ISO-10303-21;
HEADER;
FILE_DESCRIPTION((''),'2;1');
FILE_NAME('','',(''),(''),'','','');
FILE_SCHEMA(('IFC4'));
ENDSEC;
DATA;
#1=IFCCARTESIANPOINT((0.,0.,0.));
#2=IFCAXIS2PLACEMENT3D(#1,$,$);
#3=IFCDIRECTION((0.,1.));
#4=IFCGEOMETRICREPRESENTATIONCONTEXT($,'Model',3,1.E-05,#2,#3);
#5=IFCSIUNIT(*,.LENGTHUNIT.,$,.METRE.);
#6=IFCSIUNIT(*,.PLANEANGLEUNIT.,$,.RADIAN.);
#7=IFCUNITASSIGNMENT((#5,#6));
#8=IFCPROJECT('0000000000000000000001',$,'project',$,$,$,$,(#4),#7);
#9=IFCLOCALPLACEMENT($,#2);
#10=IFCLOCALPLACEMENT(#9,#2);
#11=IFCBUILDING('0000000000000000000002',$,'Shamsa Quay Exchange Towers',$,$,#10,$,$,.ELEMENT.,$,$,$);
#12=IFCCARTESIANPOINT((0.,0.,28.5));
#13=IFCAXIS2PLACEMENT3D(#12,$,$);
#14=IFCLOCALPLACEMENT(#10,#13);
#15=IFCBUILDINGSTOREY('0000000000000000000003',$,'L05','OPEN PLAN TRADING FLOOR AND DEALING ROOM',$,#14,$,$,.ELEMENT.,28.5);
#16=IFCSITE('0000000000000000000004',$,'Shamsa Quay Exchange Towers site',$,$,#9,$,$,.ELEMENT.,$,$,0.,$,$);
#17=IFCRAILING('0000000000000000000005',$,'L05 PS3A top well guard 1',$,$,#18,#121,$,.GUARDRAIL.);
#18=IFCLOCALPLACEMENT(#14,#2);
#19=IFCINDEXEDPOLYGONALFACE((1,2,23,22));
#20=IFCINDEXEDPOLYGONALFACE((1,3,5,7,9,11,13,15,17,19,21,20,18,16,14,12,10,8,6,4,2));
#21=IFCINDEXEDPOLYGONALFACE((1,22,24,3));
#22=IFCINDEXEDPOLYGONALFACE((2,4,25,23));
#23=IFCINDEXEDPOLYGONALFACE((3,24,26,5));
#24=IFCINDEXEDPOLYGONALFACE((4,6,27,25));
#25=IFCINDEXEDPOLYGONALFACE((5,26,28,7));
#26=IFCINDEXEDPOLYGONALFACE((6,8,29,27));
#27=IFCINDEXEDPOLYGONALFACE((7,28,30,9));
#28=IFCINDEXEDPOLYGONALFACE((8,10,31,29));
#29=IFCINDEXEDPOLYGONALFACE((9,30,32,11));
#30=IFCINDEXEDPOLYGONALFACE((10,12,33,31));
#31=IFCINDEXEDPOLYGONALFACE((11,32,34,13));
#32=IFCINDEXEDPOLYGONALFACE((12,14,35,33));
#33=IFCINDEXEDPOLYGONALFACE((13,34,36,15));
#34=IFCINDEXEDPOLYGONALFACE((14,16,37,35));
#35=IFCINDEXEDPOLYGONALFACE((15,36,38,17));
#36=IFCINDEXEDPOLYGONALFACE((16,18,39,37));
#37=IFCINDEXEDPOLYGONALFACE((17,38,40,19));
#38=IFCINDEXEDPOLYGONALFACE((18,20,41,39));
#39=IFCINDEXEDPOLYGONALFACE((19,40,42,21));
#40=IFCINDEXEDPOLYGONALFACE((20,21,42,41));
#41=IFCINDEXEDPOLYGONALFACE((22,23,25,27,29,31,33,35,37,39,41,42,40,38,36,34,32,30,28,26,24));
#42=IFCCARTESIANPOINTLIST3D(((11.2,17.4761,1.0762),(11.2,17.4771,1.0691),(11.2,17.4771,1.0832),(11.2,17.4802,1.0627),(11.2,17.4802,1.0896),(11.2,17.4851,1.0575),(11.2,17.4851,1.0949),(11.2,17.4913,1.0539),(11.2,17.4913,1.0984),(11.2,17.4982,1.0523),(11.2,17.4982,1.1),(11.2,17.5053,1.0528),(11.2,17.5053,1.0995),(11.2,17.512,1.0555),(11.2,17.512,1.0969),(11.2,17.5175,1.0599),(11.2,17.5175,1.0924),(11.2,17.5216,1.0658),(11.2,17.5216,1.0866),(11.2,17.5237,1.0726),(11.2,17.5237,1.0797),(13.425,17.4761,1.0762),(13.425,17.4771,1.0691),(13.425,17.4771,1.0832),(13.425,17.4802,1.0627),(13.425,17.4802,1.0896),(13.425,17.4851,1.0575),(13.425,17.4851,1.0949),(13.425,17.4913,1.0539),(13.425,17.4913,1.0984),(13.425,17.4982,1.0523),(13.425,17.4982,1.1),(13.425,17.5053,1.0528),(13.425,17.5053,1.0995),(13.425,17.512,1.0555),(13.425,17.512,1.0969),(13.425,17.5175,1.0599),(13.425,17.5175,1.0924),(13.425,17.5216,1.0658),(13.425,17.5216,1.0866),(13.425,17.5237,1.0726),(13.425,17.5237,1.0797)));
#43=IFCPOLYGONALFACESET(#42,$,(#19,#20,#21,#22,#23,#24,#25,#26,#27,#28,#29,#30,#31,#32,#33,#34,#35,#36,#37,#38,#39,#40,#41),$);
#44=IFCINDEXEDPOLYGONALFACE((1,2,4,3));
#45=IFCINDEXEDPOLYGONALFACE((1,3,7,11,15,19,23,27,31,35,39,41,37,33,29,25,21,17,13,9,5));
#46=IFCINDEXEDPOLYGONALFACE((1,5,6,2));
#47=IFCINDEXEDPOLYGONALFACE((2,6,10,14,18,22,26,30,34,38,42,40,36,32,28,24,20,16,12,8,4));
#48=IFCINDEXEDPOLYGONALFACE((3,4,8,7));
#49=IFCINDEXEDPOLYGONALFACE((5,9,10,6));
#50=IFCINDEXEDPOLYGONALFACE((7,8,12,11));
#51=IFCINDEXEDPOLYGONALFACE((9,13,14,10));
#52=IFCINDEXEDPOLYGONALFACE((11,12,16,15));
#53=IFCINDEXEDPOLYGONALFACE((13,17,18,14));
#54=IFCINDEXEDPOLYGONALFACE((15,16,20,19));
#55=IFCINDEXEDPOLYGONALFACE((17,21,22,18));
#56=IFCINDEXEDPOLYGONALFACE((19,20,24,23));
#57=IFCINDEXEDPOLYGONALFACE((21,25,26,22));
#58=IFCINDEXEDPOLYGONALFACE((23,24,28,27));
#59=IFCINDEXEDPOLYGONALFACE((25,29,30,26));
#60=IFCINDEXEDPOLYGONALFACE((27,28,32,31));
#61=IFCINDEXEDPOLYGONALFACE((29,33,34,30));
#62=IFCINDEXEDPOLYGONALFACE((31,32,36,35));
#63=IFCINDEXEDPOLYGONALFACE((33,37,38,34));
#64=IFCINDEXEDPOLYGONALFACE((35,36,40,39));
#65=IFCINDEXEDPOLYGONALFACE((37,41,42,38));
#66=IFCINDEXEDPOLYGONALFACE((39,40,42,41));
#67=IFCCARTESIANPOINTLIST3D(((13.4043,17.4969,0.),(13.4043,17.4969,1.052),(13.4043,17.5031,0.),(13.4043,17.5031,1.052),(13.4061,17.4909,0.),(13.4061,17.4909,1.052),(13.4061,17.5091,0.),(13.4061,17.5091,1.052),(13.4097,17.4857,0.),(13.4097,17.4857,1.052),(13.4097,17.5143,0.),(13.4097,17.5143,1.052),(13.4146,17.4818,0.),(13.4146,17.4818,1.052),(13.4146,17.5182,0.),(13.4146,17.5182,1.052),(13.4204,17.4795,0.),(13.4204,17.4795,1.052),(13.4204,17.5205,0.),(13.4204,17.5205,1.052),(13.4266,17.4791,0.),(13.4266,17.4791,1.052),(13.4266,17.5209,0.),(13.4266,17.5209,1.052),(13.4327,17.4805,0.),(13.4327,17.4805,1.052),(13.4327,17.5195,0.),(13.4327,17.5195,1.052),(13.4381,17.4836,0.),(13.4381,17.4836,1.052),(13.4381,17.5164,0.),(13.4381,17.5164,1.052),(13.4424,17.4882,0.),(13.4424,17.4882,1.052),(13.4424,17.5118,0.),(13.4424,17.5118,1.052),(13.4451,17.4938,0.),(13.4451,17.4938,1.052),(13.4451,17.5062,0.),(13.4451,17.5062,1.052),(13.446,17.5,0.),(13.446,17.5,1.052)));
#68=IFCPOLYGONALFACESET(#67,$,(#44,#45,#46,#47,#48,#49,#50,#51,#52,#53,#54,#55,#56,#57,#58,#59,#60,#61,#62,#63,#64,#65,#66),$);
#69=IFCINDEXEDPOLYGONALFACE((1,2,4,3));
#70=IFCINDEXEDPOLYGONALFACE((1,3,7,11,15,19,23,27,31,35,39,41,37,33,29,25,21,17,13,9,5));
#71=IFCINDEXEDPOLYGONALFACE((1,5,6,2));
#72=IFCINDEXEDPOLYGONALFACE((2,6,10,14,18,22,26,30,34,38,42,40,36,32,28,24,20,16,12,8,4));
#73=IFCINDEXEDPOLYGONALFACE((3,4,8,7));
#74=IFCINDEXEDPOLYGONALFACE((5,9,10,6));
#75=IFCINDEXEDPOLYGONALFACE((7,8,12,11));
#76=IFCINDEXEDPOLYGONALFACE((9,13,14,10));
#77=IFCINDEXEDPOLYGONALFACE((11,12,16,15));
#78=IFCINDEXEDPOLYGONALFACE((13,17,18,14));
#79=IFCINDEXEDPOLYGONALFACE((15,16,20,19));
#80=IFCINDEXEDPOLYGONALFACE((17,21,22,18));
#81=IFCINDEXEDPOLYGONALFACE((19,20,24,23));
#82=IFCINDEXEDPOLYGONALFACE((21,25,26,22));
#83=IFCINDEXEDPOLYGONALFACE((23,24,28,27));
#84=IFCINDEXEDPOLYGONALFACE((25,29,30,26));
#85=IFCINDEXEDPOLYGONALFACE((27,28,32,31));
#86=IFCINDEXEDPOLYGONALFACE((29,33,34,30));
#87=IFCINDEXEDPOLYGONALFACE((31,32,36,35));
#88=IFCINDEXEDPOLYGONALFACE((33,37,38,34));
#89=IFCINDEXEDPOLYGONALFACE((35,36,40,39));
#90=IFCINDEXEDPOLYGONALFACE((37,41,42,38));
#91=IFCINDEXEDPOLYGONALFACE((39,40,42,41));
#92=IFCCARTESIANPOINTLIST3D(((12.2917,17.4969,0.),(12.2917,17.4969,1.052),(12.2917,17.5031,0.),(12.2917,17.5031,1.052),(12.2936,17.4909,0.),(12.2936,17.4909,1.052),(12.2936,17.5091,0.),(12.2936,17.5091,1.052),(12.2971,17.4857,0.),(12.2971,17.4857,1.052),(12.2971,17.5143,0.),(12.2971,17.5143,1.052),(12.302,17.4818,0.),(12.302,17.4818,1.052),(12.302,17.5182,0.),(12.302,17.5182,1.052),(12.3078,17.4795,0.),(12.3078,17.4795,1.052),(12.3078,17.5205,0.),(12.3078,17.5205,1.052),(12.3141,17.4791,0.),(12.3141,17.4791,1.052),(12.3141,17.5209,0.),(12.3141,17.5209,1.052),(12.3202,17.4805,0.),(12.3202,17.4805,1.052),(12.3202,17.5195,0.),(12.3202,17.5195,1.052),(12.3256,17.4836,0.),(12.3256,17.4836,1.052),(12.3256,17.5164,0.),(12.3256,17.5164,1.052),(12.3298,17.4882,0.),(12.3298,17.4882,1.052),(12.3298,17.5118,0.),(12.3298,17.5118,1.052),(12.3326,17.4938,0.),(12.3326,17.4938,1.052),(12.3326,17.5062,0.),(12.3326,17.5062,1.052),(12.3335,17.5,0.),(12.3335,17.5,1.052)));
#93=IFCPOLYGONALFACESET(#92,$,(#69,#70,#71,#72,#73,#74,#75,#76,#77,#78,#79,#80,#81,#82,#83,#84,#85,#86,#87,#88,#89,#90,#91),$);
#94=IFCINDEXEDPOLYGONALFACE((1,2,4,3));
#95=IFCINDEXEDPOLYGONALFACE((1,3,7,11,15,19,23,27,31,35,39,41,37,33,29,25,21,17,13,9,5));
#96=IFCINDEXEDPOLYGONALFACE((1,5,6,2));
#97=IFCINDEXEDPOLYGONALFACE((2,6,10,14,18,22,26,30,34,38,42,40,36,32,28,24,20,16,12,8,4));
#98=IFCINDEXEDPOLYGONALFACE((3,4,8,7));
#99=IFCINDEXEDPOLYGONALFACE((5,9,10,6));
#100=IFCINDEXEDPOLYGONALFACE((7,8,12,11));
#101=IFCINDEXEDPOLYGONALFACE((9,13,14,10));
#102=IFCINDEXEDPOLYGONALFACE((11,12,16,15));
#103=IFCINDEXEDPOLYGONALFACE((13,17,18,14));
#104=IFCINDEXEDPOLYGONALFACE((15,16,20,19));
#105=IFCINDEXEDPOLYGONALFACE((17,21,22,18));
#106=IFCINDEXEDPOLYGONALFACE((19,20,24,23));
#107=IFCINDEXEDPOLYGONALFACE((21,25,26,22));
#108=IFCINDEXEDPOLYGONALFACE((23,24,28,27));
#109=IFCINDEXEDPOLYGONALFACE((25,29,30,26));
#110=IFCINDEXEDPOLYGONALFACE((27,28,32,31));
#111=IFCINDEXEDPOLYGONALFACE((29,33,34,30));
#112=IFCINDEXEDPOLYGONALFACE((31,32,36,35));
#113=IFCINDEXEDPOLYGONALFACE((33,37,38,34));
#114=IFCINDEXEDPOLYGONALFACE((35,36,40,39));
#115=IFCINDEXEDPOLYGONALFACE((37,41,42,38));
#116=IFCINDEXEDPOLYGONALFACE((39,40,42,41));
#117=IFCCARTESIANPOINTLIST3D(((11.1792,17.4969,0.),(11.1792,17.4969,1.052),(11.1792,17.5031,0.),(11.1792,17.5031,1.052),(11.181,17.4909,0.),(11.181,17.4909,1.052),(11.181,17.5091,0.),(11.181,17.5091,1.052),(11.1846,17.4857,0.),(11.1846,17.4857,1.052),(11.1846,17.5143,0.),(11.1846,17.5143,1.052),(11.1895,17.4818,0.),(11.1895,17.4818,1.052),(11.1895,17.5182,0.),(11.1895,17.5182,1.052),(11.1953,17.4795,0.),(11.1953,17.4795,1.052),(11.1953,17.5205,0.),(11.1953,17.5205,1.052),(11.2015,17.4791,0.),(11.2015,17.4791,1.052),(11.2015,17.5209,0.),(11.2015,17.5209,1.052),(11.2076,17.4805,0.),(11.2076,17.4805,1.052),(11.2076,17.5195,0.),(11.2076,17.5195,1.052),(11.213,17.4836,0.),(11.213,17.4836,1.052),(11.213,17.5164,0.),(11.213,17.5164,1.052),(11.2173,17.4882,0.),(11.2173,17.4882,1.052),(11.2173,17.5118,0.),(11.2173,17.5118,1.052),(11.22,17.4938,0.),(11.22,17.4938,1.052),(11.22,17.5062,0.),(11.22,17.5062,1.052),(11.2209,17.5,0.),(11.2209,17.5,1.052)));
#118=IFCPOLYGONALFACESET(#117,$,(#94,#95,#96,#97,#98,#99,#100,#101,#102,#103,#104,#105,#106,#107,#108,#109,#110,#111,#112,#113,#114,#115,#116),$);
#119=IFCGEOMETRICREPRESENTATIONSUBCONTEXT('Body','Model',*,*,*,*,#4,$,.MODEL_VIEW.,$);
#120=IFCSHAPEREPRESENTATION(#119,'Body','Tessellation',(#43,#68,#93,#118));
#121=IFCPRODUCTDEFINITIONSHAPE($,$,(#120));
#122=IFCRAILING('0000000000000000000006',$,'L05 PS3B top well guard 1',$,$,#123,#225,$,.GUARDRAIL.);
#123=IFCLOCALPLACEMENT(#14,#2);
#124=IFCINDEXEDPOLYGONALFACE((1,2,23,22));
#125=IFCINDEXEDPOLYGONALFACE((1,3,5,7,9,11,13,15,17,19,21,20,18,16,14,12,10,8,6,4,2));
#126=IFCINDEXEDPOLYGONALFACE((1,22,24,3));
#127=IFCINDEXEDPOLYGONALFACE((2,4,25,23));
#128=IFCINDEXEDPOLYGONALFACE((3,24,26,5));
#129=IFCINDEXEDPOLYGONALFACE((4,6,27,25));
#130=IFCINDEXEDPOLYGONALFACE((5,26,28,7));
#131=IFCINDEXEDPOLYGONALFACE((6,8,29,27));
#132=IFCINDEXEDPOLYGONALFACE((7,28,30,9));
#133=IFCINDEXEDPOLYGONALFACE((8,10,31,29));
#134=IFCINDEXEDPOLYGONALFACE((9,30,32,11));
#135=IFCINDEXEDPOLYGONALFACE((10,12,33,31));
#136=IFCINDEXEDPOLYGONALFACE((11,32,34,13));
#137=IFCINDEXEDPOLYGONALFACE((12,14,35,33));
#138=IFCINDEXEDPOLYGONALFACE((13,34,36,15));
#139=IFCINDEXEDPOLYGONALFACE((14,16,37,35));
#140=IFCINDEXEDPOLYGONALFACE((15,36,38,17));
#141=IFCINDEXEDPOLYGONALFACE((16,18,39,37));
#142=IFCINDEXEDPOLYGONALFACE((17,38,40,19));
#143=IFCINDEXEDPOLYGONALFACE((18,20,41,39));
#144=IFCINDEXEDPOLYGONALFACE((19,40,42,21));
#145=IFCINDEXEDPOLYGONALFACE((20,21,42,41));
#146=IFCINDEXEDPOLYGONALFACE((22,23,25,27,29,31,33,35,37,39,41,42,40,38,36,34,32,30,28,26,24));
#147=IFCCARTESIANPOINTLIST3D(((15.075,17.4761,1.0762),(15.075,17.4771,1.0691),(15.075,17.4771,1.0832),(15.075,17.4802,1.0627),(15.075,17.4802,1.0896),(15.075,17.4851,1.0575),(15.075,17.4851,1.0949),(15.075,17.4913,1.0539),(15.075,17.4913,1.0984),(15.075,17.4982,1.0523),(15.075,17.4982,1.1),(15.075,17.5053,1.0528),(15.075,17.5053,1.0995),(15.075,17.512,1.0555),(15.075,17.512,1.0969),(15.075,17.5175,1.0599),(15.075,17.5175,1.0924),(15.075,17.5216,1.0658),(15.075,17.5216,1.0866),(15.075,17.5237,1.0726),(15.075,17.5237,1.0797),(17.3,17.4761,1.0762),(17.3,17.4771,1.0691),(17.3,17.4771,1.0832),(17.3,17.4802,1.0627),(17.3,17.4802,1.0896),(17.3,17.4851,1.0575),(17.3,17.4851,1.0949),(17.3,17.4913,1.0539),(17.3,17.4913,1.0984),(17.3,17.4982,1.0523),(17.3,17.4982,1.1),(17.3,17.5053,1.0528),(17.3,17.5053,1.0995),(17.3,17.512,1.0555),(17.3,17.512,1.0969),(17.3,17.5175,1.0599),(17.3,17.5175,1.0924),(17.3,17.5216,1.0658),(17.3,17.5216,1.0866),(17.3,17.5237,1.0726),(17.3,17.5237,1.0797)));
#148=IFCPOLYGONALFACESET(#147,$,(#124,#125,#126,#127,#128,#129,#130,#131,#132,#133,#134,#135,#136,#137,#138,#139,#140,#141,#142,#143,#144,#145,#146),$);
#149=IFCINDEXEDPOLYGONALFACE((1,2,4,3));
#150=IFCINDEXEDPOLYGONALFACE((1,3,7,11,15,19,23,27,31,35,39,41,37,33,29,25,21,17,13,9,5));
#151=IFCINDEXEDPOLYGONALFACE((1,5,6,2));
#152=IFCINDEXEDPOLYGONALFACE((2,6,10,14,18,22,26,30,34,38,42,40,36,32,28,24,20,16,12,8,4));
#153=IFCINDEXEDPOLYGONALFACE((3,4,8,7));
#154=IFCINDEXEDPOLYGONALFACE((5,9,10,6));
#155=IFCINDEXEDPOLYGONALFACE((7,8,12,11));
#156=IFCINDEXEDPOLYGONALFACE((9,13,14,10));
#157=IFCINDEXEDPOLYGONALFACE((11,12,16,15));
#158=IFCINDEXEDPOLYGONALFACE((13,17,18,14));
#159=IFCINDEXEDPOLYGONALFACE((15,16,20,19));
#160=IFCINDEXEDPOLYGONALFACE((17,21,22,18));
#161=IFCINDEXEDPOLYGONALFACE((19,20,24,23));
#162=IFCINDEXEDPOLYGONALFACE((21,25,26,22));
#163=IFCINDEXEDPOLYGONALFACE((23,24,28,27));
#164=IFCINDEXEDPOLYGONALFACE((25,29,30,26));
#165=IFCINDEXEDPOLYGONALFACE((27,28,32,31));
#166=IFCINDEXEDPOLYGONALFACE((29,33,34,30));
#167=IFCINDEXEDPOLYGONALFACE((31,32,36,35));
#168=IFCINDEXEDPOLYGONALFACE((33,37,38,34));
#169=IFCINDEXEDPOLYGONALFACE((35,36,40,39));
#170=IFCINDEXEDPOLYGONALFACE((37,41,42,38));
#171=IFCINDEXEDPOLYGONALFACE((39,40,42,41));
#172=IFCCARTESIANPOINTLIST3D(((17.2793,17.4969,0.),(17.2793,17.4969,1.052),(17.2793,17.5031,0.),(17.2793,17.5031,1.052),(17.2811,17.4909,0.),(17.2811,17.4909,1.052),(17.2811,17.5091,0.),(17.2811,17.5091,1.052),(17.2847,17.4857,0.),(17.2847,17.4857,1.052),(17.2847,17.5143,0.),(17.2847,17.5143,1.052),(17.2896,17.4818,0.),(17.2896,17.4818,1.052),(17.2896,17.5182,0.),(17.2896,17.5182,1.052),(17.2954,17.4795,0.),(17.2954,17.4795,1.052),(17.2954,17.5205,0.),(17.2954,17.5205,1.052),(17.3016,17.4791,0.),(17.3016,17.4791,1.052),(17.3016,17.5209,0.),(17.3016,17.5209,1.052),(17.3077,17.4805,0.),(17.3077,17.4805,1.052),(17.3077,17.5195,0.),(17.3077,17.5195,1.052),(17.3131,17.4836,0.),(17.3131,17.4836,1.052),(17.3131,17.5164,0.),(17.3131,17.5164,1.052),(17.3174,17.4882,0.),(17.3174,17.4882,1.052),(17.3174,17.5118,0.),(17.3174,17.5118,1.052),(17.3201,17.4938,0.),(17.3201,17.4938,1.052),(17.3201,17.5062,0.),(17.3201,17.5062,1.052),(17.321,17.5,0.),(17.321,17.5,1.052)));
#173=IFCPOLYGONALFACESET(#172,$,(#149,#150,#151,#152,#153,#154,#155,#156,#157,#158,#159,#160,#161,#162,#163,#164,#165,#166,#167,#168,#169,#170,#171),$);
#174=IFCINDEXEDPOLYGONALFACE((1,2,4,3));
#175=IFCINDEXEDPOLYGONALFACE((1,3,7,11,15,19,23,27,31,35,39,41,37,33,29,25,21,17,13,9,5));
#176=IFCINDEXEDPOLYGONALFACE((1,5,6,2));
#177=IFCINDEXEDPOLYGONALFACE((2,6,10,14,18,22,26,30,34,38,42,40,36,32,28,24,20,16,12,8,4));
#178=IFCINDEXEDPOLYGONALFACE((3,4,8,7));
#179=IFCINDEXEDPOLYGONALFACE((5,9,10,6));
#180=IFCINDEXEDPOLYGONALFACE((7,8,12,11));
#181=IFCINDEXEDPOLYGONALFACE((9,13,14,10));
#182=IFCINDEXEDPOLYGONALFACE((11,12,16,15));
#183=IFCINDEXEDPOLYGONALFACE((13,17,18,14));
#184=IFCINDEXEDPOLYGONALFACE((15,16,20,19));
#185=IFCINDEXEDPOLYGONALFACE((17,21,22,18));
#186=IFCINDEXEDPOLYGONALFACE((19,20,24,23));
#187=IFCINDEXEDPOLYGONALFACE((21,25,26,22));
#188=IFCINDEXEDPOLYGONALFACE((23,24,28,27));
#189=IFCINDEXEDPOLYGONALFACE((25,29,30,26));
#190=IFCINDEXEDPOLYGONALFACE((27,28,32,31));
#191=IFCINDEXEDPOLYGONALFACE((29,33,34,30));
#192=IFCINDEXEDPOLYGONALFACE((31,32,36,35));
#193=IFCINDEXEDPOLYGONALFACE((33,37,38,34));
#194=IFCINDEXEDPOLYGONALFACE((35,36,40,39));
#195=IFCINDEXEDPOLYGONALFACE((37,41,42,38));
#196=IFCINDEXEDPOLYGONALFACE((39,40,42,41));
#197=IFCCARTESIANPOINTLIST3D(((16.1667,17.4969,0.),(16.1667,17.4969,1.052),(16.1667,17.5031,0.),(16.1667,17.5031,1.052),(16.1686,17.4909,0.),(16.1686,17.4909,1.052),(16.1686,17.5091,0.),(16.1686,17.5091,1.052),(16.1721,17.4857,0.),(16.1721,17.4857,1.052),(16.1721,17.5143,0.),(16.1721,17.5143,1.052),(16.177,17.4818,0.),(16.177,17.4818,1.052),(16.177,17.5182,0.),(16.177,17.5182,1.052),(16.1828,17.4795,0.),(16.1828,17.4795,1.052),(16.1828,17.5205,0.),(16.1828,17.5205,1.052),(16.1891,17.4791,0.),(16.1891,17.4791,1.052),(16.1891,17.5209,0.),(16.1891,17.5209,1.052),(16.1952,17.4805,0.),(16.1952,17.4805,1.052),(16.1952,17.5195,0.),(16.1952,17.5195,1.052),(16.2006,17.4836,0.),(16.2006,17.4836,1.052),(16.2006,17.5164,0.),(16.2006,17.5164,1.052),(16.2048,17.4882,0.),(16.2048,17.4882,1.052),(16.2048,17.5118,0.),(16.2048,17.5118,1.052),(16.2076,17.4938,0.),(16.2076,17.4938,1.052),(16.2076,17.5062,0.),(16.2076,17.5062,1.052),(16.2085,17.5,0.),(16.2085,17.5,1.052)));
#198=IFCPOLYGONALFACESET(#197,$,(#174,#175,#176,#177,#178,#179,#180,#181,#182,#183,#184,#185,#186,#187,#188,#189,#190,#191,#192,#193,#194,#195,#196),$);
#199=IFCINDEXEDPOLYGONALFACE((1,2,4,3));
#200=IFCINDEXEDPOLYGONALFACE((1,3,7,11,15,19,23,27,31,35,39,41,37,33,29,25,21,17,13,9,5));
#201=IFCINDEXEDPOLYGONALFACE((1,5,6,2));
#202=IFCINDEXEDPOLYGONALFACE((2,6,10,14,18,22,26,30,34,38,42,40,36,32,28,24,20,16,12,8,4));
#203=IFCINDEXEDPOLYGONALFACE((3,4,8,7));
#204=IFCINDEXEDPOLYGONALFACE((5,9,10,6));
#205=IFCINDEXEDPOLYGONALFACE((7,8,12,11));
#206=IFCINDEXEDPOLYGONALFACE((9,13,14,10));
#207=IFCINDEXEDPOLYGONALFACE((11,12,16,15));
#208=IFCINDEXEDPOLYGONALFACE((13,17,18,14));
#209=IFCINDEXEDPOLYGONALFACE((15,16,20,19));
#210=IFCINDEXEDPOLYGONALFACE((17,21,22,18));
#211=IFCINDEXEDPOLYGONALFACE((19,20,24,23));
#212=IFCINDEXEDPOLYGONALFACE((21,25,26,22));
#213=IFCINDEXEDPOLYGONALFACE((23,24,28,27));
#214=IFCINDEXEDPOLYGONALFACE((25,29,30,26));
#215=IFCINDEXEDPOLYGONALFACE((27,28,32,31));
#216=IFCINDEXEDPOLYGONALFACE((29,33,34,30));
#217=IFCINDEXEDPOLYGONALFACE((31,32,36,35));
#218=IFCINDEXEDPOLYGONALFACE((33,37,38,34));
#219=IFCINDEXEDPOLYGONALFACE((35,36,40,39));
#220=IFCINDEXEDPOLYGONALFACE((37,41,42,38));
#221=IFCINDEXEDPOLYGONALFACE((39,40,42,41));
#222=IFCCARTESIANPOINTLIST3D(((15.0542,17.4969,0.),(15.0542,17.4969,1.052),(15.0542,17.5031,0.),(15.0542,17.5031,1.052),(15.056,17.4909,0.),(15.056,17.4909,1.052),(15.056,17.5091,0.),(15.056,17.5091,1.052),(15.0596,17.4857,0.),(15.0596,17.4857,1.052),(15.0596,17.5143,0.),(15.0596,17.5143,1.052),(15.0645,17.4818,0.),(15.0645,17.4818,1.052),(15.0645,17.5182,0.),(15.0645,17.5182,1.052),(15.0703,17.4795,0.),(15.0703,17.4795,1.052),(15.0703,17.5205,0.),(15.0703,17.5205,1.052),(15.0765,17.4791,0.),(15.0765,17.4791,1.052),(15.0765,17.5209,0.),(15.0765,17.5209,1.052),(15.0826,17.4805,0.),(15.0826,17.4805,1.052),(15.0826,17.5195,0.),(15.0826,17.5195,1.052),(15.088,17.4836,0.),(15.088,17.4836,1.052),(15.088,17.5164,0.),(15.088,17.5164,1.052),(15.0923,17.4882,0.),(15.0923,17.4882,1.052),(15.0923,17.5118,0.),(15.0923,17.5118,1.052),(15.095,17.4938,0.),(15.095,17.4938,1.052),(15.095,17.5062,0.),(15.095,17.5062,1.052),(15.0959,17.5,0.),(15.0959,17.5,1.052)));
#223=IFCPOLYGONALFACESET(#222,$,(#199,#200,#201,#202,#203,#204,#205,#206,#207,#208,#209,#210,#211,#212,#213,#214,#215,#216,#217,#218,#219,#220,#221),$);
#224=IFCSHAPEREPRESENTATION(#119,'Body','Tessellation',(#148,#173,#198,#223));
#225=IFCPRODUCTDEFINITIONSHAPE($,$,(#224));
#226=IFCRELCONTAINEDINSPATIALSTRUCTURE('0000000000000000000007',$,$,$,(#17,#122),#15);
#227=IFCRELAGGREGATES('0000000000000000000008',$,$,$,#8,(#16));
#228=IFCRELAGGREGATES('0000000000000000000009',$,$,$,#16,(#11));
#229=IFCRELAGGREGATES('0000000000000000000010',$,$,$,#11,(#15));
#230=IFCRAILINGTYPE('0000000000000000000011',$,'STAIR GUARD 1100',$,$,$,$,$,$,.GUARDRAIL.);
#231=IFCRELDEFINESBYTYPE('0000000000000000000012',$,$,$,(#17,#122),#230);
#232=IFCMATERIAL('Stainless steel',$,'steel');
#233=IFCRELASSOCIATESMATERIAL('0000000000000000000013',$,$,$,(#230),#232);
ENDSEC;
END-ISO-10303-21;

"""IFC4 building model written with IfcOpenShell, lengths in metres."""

from ifc_helpers import new_model, si_unit, direction, frame, origin, origin_2d, place, context, subcontext, project, spatial, circle, extrude, material, type_object, element, save


model = new_model("IFC4")

# Units and contexts
model_context = context("Model", 3, precision=1e-05, world=origin(), true_north=direction((0.0, 1.0)))
body_context = subcontext(model_context, "Body", "Model", "MODEL_VIEW")
ifc_project = project(units=[si_unit("LENGTHUNIT", "METRE"), si_unit("PLANEANGLEUNIT", "RADIAN")], contexts=[model_context])

# Site, building, storey
site_placement = place(None, origin())
site = spatial("IfcSite", under=ifc_project, at=site_placement, Name="Shamsa Quay Exchange Towers site", CompositionType="ELEMENT", RefElevation=0.0)
building_placement = place(site_placement, origin())
building = spatial("IfcBuilding", under=site, at=building_placement, Name="Shamsa Quay Exchange Towers", CompositionType="ELEMENT")
storey_placement = place(building_placement, frame((0.0, 0.0, 28.5)))
storey = spatial("IfcBuildingStorey", under=building, at=storey_placement, Name="L05", Description="OPEN PLAN TRADING FLOOR AND DEALING ROOM", CompositionType="ELEMENT", Elevation=28.5)

# Railings
ifc_material_1 = material(Name="Stainless steel", Category="steel")
railing_type = type_object("IfcRailingType", Name="STAIR GUARD 1100", PredefinedType="GUARDRAIL", material=ifc_material_1)
for number, where, name in (
    (1, (13.425, 17.5, 0.0), "L05 PS3A top well guard 1"),
    (2, (17.3, 17.5, 0.0), "L05 PS3B top well guard 1"),
):
    element("IfcRailing", number, at=place(storey_placement, frame(where)), inside=storey, type_object=railing_type, Name=name, PredefinedType="GUARDRAIL", context=body_context, shape_type="SweptSolid", body=[
        extrude(circle(Radius=0.0239, at=origin_2d()), frame((0.0, 0.0, 1.0762), z_axis=(-1.0, 0.0, 0.0), x_axis=(0.0, -1.0, 0.0)), (0.0, 0.0, 1.0), 2.2251),
        extrude(circle(Radius=0.021, at=origin_2d()), origin(), (0.0, 0.0, 1.0), 1.052),
        extrude(circle(Radius=0.021, at=origin_2d()), frame((-1.1125, 0.0, 0.0)), (0.0, 0.0, 1.0), 1.052),
        extrude(circle(Radius=0.021, at=origin_2d()), frame((-2.2251, 0.0, 0.0)), (0.0, 0.0, 1.0), 1.052),
    ])

save(model, "model.ifc")
